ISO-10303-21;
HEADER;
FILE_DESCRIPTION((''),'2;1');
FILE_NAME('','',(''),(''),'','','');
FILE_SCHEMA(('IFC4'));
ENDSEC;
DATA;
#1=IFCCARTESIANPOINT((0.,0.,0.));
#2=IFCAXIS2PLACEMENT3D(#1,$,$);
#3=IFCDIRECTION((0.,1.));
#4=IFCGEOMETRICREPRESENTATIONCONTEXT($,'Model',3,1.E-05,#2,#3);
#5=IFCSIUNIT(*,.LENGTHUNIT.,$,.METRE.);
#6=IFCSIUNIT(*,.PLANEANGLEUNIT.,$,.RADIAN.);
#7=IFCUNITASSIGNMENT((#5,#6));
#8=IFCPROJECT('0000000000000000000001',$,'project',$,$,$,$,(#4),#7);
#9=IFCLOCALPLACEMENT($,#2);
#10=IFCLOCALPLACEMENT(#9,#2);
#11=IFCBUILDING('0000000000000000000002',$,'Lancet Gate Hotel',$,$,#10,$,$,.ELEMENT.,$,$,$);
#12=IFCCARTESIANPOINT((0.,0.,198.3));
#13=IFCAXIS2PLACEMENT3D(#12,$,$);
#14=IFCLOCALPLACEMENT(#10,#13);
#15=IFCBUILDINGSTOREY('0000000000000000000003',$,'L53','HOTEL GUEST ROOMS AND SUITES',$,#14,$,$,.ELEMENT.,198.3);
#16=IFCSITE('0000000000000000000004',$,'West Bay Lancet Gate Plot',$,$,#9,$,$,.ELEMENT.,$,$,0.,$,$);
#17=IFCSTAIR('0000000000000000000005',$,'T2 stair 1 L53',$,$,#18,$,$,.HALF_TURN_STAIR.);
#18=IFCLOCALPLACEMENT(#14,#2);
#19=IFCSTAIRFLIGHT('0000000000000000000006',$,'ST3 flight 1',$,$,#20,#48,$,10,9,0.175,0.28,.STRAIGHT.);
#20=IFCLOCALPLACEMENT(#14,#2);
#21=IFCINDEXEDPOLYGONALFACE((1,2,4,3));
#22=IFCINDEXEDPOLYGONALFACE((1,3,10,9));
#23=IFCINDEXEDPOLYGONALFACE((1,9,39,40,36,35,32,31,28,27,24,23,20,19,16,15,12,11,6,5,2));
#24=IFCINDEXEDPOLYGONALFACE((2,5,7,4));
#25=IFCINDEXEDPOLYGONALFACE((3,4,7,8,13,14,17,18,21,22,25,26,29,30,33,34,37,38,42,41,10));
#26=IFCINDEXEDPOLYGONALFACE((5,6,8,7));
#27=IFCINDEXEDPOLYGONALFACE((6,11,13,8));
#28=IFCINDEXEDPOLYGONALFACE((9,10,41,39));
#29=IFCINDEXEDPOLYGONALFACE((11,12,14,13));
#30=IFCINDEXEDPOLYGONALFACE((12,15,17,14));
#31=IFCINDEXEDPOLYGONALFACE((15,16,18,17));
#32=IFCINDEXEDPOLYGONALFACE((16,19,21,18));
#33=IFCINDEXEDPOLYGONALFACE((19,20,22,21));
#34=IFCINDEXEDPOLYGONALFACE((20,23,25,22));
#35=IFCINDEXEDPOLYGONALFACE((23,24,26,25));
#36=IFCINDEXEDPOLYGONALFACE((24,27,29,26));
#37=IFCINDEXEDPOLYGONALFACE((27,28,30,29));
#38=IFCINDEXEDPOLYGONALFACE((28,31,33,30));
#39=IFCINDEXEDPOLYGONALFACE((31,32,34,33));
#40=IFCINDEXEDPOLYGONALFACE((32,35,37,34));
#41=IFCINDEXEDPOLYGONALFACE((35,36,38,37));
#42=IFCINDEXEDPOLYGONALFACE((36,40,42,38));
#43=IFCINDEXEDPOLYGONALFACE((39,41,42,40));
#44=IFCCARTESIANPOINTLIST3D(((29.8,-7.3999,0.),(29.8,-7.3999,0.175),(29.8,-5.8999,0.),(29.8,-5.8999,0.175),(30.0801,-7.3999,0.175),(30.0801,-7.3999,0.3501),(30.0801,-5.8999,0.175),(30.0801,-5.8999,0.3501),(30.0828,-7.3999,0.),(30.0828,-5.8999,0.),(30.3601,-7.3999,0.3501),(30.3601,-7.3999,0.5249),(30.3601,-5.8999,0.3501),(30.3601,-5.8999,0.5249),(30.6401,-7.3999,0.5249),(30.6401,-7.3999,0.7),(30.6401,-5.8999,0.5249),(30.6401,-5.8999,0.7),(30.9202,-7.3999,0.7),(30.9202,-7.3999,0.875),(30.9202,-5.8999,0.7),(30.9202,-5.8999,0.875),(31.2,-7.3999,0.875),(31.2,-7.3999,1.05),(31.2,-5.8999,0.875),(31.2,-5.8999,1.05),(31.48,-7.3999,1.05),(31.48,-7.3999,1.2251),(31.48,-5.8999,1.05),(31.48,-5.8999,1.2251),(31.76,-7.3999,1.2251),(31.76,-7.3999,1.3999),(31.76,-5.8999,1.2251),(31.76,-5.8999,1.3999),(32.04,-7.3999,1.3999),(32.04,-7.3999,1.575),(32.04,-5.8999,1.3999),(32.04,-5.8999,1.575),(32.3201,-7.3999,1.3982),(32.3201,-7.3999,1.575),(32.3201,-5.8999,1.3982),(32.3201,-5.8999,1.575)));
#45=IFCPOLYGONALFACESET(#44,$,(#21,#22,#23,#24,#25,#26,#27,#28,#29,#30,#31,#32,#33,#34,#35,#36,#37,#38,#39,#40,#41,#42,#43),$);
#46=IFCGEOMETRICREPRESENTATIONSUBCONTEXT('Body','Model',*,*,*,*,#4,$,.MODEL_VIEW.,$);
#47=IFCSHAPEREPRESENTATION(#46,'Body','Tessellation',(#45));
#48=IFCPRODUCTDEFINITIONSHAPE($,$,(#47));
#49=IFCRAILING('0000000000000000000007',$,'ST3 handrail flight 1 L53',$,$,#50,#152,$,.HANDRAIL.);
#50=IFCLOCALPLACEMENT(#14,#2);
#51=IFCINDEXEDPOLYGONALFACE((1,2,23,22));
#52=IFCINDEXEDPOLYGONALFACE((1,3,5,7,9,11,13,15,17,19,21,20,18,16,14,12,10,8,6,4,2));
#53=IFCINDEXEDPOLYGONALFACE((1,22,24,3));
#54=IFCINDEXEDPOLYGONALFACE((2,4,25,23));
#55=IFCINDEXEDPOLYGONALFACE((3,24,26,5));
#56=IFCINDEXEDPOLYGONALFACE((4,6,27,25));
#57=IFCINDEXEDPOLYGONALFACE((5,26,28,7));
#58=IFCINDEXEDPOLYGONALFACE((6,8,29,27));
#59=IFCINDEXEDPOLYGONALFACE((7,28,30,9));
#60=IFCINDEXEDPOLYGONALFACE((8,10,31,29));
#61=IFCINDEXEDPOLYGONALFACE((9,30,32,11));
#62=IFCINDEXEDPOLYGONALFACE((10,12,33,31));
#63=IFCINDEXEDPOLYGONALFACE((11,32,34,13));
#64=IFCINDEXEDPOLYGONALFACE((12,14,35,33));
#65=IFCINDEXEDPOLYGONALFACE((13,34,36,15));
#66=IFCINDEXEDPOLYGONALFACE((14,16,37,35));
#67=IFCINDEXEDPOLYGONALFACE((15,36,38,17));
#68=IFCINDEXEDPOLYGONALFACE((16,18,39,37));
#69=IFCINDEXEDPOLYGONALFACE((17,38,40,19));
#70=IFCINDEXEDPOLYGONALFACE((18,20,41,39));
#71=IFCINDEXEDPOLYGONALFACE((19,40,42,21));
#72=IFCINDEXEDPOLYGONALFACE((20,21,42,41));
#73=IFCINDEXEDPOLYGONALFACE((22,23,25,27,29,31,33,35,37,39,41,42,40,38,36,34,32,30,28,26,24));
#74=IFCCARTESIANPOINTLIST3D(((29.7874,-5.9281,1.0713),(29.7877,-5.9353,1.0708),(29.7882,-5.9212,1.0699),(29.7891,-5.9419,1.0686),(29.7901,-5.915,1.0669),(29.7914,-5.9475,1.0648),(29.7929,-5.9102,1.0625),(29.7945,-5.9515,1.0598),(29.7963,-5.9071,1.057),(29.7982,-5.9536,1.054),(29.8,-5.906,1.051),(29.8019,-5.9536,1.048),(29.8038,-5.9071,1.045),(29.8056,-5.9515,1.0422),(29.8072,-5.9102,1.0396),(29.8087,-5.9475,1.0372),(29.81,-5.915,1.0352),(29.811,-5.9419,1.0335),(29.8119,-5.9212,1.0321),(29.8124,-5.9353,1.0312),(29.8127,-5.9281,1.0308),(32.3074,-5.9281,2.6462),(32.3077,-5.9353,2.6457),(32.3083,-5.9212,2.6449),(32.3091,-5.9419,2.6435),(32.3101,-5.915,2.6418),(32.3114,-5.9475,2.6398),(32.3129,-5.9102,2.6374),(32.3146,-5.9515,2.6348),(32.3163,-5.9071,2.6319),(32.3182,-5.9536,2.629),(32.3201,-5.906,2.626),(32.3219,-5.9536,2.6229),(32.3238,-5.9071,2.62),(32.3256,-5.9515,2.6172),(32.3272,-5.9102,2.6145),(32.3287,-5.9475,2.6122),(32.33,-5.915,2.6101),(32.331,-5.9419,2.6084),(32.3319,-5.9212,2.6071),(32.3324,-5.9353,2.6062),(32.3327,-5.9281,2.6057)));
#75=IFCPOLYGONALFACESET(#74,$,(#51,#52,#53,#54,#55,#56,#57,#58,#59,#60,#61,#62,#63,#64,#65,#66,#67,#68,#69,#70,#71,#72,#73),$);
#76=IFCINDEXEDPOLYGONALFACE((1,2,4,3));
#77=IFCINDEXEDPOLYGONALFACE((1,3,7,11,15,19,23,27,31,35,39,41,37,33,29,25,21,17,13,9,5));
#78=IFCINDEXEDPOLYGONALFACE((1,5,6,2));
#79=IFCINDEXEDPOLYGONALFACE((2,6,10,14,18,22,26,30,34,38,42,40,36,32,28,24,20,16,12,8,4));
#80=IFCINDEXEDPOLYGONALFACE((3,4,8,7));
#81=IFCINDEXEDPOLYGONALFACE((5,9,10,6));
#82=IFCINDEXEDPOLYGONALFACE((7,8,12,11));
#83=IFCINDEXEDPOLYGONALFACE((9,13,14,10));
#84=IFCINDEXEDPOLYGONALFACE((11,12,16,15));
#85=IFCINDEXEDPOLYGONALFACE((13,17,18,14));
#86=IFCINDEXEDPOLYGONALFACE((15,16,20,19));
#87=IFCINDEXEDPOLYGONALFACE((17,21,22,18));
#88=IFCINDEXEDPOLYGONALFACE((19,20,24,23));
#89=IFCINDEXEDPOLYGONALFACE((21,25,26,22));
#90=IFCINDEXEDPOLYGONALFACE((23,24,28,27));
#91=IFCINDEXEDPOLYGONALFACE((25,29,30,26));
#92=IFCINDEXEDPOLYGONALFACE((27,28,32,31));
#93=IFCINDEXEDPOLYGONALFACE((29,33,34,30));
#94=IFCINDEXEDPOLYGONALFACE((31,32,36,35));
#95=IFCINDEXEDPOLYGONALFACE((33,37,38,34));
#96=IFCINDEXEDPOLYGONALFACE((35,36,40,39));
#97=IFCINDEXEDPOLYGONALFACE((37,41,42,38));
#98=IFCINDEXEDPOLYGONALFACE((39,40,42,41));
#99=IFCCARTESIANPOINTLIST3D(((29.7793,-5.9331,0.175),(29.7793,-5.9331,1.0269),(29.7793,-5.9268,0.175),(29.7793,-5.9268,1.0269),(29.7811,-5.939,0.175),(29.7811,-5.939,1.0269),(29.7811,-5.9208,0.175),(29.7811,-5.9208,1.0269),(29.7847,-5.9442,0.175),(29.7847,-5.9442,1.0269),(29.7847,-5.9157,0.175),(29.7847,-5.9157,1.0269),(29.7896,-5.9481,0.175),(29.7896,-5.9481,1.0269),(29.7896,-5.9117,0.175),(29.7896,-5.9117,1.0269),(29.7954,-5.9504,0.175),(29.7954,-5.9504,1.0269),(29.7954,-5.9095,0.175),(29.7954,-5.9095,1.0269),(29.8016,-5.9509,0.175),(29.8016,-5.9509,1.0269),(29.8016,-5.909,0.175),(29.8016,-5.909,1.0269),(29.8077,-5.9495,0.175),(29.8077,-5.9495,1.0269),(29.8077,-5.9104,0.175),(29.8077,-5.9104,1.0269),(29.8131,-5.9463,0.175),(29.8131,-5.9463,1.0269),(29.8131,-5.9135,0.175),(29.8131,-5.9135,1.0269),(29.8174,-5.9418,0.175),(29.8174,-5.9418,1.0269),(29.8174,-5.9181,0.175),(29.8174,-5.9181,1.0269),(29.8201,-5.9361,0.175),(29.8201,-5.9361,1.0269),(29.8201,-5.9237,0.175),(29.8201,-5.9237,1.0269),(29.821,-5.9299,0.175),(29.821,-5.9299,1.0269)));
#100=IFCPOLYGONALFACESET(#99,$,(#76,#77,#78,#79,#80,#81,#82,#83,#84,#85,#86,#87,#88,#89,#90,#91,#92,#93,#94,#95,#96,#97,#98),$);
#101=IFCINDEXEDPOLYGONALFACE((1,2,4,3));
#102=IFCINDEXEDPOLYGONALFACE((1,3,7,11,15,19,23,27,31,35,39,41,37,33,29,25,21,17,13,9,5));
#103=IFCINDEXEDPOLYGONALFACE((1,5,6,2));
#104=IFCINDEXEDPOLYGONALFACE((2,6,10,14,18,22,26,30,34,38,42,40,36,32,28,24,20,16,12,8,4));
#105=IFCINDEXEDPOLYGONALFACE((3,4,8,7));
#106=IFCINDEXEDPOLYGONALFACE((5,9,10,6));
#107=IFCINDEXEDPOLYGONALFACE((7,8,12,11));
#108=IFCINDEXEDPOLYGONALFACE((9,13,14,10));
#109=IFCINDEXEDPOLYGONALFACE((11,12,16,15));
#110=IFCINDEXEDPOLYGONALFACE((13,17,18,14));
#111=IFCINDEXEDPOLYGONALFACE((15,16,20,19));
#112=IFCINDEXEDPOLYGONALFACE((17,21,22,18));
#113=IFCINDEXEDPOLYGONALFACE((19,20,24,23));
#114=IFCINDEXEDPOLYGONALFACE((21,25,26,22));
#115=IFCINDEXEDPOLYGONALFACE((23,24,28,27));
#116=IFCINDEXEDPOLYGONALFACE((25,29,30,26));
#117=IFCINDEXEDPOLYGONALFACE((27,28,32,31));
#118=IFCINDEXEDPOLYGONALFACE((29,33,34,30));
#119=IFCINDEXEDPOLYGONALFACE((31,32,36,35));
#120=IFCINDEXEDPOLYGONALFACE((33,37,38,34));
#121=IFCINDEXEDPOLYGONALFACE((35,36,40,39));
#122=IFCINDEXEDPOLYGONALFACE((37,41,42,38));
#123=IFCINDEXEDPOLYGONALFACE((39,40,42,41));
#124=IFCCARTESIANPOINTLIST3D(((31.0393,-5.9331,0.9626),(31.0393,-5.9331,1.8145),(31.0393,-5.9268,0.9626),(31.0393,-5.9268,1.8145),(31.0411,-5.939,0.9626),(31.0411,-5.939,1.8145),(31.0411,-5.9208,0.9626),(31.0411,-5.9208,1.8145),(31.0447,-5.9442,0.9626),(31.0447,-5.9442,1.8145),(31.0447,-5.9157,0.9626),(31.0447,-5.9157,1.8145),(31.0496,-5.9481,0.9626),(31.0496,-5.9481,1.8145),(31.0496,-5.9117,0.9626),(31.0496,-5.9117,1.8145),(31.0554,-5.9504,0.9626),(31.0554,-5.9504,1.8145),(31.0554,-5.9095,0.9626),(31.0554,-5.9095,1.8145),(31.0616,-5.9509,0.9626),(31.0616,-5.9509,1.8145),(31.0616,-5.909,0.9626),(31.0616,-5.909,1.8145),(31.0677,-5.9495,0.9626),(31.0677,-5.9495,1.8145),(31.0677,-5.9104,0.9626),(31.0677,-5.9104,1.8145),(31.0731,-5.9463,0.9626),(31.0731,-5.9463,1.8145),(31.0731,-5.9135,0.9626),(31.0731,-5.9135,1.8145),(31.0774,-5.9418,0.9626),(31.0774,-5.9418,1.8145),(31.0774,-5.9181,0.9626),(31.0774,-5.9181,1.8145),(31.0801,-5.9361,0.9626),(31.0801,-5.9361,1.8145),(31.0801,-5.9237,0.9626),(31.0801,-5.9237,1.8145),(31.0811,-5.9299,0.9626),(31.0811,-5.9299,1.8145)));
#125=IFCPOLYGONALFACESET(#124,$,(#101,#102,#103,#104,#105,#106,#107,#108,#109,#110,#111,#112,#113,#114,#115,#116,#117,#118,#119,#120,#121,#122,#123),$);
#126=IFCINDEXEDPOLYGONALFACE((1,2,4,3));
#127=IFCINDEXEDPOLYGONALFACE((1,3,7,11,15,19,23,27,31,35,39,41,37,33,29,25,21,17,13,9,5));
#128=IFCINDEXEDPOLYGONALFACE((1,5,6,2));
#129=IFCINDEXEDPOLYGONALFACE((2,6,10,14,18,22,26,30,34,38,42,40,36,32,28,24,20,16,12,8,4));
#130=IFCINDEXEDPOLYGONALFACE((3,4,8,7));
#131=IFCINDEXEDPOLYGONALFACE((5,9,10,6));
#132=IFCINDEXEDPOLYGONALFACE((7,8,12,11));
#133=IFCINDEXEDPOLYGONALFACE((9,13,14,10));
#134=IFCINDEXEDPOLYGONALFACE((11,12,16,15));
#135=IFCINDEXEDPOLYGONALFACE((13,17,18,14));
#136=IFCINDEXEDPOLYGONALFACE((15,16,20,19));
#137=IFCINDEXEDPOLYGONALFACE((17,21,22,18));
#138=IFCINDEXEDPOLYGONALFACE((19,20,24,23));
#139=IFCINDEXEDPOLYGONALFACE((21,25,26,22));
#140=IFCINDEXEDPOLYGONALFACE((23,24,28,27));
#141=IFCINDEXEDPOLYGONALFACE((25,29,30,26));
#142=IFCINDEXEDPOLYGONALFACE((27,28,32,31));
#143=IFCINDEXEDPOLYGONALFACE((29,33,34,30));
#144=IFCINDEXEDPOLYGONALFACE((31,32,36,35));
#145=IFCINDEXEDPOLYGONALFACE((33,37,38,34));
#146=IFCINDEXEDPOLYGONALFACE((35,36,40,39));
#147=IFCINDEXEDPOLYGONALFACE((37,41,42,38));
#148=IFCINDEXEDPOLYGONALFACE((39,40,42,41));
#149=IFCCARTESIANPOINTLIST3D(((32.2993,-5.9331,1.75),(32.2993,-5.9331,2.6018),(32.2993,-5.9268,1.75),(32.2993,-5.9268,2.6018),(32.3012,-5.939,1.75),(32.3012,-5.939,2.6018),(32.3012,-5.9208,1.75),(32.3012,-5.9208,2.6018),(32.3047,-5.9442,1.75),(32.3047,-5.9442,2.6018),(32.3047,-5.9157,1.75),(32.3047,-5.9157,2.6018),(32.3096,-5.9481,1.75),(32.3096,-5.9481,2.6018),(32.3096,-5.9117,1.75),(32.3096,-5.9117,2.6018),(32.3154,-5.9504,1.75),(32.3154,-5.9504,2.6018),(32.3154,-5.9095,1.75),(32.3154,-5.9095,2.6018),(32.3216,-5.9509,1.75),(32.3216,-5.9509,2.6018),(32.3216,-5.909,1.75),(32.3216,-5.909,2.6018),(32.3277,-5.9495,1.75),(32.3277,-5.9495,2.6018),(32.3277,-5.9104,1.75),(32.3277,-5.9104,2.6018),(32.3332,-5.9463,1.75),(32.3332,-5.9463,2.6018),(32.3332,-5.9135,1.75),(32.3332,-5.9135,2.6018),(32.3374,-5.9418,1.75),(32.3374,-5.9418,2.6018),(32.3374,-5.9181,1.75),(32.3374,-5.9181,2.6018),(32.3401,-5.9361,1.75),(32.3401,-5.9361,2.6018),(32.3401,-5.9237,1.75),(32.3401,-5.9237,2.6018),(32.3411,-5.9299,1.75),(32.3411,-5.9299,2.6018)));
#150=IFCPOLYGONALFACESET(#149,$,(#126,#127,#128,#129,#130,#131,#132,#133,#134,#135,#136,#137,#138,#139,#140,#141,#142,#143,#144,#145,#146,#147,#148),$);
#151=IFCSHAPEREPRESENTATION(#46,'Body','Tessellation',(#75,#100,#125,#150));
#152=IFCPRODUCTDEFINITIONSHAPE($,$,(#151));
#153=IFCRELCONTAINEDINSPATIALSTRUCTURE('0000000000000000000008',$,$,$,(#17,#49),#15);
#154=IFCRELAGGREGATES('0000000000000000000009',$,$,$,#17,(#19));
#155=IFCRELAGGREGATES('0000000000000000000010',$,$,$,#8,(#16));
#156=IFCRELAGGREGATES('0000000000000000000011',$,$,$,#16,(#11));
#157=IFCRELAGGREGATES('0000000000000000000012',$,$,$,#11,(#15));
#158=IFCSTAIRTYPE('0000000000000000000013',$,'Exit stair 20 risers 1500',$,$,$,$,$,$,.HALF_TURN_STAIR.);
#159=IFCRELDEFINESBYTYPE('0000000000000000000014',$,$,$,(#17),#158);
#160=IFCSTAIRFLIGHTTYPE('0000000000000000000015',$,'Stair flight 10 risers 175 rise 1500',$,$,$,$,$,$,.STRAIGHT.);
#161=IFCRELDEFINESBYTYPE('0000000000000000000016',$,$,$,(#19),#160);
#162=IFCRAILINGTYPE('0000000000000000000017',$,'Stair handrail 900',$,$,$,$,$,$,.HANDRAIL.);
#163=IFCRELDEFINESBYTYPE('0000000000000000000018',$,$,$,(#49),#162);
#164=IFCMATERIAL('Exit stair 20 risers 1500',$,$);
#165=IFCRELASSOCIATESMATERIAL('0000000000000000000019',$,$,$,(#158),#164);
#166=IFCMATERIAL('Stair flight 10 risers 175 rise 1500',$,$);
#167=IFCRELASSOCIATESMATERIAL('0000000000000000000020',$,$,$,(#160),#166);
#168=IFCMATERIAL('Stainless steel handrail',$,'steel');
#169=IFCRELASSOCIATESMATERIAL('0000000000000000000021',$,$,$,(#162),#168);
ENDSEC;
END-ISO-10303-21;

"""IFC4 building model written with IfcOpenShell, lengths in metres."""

from ifc_helpers import new_model, si_unit, direction, frame, origin, origin_2d, place, context, subcontext, project, spatial, polyline, circle, outline, extrude, material, type_object, element, aggregate, save


model = new_model("IFC4")

# Units and contexts
model_context = context("Model", 3, precision=1e-05, world=origin(), true_north=direction((0.0, 1.0)))
body_context = subcontext(model_context, "Body", "Model", "MODEL_VIEW")
ifc_project = project(units=[si_unit("LENGTHUNIT", "METRE"), si_unit("PLANEANGLEUNIT", "RADIAN")], contexts=[model_context])

# Site, building, storey
site_placement = place(None, origin())
site = spatial("IfcSite", under=ifc_project, at=site_placement, Name="West Bay Lancet Gate Plot", CompositionType="ELEMENT", RefElevation=0.0)
building_placement = place(site_placement, origin())
building = spatial("IfcBuilding", under=site, at=building_placement, Name="Lancet Gate Hotel", CompositionType="ELEMENT")
storey_placement = place(building_placement, frame((0.0, 0.0, 198.3)))
storey = spatial("IfcBuildingStorey", under=building, at=storey_placement, Name="L53", Description="HOTEL GUEST ROOMS AND SUITES", CompositionType="ELEMENT", Elevation=198.3)

# Stair, stair flight
ifc_material_1 = material(Name="Exit stair 20 risers 1500")
stair_type = type_object("IfcStairType", Name="Exit stair 20 risers 1500", PredefinedType="HALF_TURN_STAIR", material=ifc_material_1)
stair_placement = place(storey_placement, origin())
stair = element("IfcStair", 1, at=stair_placement, inside=storey, type_object=stair_type, Name="T2 stair 1 L53", PredefinedType="HALF_TURN_STAIR")
ifc_material_2 = material(Name="Stair flight 10 risers 175 rise 1500")
stair_flight_type = type_object("IfcStairFlightType", Name="Stair flight 10 risers 175 rise 1500", PredefinedType="STRAIGHT", material=ifc_material_2)
stair_flight_placement = place(storey_placement, frame((29.8, -6.6499, 0.0), z_axis=(0.0, 0.0, 1.0), x_axis=(1.0, 0.0, 0.0)))
stair_flight = element("IfcStairFlight", 2, at=stair_flight_placement, type_object=stair_flight_type, Name="ST3 flight 1", NumberOfRisers=10, NumberOfTreads=9, PredefinedType="STRAIGHT", RiserHeight=0.175, TreadLength=0.28, context=body_context, shape_type="SweptSolid", body=[
    extrude(outline(polyline([(0.0, 0.0), (0.0, 0.175), (0.28, 0.175), (0.28, 0.3501), (0.5601, 0.3501), (0.5601, 0.5249), (0.8401, 0.5249), (0.8401, 0.7), (1.1201, 0.7), (1.1201, 0.875), (1.3999, 0.875), (1.3999, 1.05), (1.6799, 1.05), (1.6799, 1.2251), (1.96, 1.2251), (1.96, 1.3999), (2.24, 1.3999), (2.24, 1.575), (2.52, 1.575), (2.52, 1.75), (2.52, 1.3982), (0.2827, 0.0), (0.0, 0.0)])), frame((0.0, 0.75, 0.0), z_axis=(0.0, -1.0, 0.0), x_axis=(1.0, 0.0, 0.0)), (0.0, 0.0, 1.0), 1.5),
])
aggregate(stair, [stair_flight])

# Railing
ifc_material_3 = material(Name="Stainless steel handrail", Category="steel")
railing_type = type_object("IfcRailingType", Name="Stair handrail 900", PredefinedType="HANDRAIL", material=ifc_material_3)
railing_placement = place(storey_placement, frame((29.8, -5.9299, 0.175)))
element("IfcRailing", 3, at=railing_placement, inside=storey, type_object=railing_type, Name="ST3 handrail flight 1 L53", PredefinedType="HANDRAIL", context=body_context, shape_type="SweptSolid", body=[
    extrude(circle(Radius=0.0239, at=origin_2d()), frame((0.0, 0.0, 0.876), z_axis=(0.848008, 0.0, 0.529984), x_axis=(0.0, 1.0, 0.0)), (0.0, 0.0, 1.0), 2.9717),
    extrude(circle(Radius=0.021, at=origin_2d()), origin(), (0.0, 0.0, 1.0), 0.8518),
    extrude(circle(Radius=0.021, at=origin_2d()), frame((1.26, 0.0, 0.7876)), (0.0, 0.0, 1.0), 0.8518),
    extrude(circle(Radius=0.021, at=origin_2d()), frame((2.52, 0.0, 1.575)), (0.0, 0.0, 1.0), 0.8518),
])

save(model, "model.ifc")
